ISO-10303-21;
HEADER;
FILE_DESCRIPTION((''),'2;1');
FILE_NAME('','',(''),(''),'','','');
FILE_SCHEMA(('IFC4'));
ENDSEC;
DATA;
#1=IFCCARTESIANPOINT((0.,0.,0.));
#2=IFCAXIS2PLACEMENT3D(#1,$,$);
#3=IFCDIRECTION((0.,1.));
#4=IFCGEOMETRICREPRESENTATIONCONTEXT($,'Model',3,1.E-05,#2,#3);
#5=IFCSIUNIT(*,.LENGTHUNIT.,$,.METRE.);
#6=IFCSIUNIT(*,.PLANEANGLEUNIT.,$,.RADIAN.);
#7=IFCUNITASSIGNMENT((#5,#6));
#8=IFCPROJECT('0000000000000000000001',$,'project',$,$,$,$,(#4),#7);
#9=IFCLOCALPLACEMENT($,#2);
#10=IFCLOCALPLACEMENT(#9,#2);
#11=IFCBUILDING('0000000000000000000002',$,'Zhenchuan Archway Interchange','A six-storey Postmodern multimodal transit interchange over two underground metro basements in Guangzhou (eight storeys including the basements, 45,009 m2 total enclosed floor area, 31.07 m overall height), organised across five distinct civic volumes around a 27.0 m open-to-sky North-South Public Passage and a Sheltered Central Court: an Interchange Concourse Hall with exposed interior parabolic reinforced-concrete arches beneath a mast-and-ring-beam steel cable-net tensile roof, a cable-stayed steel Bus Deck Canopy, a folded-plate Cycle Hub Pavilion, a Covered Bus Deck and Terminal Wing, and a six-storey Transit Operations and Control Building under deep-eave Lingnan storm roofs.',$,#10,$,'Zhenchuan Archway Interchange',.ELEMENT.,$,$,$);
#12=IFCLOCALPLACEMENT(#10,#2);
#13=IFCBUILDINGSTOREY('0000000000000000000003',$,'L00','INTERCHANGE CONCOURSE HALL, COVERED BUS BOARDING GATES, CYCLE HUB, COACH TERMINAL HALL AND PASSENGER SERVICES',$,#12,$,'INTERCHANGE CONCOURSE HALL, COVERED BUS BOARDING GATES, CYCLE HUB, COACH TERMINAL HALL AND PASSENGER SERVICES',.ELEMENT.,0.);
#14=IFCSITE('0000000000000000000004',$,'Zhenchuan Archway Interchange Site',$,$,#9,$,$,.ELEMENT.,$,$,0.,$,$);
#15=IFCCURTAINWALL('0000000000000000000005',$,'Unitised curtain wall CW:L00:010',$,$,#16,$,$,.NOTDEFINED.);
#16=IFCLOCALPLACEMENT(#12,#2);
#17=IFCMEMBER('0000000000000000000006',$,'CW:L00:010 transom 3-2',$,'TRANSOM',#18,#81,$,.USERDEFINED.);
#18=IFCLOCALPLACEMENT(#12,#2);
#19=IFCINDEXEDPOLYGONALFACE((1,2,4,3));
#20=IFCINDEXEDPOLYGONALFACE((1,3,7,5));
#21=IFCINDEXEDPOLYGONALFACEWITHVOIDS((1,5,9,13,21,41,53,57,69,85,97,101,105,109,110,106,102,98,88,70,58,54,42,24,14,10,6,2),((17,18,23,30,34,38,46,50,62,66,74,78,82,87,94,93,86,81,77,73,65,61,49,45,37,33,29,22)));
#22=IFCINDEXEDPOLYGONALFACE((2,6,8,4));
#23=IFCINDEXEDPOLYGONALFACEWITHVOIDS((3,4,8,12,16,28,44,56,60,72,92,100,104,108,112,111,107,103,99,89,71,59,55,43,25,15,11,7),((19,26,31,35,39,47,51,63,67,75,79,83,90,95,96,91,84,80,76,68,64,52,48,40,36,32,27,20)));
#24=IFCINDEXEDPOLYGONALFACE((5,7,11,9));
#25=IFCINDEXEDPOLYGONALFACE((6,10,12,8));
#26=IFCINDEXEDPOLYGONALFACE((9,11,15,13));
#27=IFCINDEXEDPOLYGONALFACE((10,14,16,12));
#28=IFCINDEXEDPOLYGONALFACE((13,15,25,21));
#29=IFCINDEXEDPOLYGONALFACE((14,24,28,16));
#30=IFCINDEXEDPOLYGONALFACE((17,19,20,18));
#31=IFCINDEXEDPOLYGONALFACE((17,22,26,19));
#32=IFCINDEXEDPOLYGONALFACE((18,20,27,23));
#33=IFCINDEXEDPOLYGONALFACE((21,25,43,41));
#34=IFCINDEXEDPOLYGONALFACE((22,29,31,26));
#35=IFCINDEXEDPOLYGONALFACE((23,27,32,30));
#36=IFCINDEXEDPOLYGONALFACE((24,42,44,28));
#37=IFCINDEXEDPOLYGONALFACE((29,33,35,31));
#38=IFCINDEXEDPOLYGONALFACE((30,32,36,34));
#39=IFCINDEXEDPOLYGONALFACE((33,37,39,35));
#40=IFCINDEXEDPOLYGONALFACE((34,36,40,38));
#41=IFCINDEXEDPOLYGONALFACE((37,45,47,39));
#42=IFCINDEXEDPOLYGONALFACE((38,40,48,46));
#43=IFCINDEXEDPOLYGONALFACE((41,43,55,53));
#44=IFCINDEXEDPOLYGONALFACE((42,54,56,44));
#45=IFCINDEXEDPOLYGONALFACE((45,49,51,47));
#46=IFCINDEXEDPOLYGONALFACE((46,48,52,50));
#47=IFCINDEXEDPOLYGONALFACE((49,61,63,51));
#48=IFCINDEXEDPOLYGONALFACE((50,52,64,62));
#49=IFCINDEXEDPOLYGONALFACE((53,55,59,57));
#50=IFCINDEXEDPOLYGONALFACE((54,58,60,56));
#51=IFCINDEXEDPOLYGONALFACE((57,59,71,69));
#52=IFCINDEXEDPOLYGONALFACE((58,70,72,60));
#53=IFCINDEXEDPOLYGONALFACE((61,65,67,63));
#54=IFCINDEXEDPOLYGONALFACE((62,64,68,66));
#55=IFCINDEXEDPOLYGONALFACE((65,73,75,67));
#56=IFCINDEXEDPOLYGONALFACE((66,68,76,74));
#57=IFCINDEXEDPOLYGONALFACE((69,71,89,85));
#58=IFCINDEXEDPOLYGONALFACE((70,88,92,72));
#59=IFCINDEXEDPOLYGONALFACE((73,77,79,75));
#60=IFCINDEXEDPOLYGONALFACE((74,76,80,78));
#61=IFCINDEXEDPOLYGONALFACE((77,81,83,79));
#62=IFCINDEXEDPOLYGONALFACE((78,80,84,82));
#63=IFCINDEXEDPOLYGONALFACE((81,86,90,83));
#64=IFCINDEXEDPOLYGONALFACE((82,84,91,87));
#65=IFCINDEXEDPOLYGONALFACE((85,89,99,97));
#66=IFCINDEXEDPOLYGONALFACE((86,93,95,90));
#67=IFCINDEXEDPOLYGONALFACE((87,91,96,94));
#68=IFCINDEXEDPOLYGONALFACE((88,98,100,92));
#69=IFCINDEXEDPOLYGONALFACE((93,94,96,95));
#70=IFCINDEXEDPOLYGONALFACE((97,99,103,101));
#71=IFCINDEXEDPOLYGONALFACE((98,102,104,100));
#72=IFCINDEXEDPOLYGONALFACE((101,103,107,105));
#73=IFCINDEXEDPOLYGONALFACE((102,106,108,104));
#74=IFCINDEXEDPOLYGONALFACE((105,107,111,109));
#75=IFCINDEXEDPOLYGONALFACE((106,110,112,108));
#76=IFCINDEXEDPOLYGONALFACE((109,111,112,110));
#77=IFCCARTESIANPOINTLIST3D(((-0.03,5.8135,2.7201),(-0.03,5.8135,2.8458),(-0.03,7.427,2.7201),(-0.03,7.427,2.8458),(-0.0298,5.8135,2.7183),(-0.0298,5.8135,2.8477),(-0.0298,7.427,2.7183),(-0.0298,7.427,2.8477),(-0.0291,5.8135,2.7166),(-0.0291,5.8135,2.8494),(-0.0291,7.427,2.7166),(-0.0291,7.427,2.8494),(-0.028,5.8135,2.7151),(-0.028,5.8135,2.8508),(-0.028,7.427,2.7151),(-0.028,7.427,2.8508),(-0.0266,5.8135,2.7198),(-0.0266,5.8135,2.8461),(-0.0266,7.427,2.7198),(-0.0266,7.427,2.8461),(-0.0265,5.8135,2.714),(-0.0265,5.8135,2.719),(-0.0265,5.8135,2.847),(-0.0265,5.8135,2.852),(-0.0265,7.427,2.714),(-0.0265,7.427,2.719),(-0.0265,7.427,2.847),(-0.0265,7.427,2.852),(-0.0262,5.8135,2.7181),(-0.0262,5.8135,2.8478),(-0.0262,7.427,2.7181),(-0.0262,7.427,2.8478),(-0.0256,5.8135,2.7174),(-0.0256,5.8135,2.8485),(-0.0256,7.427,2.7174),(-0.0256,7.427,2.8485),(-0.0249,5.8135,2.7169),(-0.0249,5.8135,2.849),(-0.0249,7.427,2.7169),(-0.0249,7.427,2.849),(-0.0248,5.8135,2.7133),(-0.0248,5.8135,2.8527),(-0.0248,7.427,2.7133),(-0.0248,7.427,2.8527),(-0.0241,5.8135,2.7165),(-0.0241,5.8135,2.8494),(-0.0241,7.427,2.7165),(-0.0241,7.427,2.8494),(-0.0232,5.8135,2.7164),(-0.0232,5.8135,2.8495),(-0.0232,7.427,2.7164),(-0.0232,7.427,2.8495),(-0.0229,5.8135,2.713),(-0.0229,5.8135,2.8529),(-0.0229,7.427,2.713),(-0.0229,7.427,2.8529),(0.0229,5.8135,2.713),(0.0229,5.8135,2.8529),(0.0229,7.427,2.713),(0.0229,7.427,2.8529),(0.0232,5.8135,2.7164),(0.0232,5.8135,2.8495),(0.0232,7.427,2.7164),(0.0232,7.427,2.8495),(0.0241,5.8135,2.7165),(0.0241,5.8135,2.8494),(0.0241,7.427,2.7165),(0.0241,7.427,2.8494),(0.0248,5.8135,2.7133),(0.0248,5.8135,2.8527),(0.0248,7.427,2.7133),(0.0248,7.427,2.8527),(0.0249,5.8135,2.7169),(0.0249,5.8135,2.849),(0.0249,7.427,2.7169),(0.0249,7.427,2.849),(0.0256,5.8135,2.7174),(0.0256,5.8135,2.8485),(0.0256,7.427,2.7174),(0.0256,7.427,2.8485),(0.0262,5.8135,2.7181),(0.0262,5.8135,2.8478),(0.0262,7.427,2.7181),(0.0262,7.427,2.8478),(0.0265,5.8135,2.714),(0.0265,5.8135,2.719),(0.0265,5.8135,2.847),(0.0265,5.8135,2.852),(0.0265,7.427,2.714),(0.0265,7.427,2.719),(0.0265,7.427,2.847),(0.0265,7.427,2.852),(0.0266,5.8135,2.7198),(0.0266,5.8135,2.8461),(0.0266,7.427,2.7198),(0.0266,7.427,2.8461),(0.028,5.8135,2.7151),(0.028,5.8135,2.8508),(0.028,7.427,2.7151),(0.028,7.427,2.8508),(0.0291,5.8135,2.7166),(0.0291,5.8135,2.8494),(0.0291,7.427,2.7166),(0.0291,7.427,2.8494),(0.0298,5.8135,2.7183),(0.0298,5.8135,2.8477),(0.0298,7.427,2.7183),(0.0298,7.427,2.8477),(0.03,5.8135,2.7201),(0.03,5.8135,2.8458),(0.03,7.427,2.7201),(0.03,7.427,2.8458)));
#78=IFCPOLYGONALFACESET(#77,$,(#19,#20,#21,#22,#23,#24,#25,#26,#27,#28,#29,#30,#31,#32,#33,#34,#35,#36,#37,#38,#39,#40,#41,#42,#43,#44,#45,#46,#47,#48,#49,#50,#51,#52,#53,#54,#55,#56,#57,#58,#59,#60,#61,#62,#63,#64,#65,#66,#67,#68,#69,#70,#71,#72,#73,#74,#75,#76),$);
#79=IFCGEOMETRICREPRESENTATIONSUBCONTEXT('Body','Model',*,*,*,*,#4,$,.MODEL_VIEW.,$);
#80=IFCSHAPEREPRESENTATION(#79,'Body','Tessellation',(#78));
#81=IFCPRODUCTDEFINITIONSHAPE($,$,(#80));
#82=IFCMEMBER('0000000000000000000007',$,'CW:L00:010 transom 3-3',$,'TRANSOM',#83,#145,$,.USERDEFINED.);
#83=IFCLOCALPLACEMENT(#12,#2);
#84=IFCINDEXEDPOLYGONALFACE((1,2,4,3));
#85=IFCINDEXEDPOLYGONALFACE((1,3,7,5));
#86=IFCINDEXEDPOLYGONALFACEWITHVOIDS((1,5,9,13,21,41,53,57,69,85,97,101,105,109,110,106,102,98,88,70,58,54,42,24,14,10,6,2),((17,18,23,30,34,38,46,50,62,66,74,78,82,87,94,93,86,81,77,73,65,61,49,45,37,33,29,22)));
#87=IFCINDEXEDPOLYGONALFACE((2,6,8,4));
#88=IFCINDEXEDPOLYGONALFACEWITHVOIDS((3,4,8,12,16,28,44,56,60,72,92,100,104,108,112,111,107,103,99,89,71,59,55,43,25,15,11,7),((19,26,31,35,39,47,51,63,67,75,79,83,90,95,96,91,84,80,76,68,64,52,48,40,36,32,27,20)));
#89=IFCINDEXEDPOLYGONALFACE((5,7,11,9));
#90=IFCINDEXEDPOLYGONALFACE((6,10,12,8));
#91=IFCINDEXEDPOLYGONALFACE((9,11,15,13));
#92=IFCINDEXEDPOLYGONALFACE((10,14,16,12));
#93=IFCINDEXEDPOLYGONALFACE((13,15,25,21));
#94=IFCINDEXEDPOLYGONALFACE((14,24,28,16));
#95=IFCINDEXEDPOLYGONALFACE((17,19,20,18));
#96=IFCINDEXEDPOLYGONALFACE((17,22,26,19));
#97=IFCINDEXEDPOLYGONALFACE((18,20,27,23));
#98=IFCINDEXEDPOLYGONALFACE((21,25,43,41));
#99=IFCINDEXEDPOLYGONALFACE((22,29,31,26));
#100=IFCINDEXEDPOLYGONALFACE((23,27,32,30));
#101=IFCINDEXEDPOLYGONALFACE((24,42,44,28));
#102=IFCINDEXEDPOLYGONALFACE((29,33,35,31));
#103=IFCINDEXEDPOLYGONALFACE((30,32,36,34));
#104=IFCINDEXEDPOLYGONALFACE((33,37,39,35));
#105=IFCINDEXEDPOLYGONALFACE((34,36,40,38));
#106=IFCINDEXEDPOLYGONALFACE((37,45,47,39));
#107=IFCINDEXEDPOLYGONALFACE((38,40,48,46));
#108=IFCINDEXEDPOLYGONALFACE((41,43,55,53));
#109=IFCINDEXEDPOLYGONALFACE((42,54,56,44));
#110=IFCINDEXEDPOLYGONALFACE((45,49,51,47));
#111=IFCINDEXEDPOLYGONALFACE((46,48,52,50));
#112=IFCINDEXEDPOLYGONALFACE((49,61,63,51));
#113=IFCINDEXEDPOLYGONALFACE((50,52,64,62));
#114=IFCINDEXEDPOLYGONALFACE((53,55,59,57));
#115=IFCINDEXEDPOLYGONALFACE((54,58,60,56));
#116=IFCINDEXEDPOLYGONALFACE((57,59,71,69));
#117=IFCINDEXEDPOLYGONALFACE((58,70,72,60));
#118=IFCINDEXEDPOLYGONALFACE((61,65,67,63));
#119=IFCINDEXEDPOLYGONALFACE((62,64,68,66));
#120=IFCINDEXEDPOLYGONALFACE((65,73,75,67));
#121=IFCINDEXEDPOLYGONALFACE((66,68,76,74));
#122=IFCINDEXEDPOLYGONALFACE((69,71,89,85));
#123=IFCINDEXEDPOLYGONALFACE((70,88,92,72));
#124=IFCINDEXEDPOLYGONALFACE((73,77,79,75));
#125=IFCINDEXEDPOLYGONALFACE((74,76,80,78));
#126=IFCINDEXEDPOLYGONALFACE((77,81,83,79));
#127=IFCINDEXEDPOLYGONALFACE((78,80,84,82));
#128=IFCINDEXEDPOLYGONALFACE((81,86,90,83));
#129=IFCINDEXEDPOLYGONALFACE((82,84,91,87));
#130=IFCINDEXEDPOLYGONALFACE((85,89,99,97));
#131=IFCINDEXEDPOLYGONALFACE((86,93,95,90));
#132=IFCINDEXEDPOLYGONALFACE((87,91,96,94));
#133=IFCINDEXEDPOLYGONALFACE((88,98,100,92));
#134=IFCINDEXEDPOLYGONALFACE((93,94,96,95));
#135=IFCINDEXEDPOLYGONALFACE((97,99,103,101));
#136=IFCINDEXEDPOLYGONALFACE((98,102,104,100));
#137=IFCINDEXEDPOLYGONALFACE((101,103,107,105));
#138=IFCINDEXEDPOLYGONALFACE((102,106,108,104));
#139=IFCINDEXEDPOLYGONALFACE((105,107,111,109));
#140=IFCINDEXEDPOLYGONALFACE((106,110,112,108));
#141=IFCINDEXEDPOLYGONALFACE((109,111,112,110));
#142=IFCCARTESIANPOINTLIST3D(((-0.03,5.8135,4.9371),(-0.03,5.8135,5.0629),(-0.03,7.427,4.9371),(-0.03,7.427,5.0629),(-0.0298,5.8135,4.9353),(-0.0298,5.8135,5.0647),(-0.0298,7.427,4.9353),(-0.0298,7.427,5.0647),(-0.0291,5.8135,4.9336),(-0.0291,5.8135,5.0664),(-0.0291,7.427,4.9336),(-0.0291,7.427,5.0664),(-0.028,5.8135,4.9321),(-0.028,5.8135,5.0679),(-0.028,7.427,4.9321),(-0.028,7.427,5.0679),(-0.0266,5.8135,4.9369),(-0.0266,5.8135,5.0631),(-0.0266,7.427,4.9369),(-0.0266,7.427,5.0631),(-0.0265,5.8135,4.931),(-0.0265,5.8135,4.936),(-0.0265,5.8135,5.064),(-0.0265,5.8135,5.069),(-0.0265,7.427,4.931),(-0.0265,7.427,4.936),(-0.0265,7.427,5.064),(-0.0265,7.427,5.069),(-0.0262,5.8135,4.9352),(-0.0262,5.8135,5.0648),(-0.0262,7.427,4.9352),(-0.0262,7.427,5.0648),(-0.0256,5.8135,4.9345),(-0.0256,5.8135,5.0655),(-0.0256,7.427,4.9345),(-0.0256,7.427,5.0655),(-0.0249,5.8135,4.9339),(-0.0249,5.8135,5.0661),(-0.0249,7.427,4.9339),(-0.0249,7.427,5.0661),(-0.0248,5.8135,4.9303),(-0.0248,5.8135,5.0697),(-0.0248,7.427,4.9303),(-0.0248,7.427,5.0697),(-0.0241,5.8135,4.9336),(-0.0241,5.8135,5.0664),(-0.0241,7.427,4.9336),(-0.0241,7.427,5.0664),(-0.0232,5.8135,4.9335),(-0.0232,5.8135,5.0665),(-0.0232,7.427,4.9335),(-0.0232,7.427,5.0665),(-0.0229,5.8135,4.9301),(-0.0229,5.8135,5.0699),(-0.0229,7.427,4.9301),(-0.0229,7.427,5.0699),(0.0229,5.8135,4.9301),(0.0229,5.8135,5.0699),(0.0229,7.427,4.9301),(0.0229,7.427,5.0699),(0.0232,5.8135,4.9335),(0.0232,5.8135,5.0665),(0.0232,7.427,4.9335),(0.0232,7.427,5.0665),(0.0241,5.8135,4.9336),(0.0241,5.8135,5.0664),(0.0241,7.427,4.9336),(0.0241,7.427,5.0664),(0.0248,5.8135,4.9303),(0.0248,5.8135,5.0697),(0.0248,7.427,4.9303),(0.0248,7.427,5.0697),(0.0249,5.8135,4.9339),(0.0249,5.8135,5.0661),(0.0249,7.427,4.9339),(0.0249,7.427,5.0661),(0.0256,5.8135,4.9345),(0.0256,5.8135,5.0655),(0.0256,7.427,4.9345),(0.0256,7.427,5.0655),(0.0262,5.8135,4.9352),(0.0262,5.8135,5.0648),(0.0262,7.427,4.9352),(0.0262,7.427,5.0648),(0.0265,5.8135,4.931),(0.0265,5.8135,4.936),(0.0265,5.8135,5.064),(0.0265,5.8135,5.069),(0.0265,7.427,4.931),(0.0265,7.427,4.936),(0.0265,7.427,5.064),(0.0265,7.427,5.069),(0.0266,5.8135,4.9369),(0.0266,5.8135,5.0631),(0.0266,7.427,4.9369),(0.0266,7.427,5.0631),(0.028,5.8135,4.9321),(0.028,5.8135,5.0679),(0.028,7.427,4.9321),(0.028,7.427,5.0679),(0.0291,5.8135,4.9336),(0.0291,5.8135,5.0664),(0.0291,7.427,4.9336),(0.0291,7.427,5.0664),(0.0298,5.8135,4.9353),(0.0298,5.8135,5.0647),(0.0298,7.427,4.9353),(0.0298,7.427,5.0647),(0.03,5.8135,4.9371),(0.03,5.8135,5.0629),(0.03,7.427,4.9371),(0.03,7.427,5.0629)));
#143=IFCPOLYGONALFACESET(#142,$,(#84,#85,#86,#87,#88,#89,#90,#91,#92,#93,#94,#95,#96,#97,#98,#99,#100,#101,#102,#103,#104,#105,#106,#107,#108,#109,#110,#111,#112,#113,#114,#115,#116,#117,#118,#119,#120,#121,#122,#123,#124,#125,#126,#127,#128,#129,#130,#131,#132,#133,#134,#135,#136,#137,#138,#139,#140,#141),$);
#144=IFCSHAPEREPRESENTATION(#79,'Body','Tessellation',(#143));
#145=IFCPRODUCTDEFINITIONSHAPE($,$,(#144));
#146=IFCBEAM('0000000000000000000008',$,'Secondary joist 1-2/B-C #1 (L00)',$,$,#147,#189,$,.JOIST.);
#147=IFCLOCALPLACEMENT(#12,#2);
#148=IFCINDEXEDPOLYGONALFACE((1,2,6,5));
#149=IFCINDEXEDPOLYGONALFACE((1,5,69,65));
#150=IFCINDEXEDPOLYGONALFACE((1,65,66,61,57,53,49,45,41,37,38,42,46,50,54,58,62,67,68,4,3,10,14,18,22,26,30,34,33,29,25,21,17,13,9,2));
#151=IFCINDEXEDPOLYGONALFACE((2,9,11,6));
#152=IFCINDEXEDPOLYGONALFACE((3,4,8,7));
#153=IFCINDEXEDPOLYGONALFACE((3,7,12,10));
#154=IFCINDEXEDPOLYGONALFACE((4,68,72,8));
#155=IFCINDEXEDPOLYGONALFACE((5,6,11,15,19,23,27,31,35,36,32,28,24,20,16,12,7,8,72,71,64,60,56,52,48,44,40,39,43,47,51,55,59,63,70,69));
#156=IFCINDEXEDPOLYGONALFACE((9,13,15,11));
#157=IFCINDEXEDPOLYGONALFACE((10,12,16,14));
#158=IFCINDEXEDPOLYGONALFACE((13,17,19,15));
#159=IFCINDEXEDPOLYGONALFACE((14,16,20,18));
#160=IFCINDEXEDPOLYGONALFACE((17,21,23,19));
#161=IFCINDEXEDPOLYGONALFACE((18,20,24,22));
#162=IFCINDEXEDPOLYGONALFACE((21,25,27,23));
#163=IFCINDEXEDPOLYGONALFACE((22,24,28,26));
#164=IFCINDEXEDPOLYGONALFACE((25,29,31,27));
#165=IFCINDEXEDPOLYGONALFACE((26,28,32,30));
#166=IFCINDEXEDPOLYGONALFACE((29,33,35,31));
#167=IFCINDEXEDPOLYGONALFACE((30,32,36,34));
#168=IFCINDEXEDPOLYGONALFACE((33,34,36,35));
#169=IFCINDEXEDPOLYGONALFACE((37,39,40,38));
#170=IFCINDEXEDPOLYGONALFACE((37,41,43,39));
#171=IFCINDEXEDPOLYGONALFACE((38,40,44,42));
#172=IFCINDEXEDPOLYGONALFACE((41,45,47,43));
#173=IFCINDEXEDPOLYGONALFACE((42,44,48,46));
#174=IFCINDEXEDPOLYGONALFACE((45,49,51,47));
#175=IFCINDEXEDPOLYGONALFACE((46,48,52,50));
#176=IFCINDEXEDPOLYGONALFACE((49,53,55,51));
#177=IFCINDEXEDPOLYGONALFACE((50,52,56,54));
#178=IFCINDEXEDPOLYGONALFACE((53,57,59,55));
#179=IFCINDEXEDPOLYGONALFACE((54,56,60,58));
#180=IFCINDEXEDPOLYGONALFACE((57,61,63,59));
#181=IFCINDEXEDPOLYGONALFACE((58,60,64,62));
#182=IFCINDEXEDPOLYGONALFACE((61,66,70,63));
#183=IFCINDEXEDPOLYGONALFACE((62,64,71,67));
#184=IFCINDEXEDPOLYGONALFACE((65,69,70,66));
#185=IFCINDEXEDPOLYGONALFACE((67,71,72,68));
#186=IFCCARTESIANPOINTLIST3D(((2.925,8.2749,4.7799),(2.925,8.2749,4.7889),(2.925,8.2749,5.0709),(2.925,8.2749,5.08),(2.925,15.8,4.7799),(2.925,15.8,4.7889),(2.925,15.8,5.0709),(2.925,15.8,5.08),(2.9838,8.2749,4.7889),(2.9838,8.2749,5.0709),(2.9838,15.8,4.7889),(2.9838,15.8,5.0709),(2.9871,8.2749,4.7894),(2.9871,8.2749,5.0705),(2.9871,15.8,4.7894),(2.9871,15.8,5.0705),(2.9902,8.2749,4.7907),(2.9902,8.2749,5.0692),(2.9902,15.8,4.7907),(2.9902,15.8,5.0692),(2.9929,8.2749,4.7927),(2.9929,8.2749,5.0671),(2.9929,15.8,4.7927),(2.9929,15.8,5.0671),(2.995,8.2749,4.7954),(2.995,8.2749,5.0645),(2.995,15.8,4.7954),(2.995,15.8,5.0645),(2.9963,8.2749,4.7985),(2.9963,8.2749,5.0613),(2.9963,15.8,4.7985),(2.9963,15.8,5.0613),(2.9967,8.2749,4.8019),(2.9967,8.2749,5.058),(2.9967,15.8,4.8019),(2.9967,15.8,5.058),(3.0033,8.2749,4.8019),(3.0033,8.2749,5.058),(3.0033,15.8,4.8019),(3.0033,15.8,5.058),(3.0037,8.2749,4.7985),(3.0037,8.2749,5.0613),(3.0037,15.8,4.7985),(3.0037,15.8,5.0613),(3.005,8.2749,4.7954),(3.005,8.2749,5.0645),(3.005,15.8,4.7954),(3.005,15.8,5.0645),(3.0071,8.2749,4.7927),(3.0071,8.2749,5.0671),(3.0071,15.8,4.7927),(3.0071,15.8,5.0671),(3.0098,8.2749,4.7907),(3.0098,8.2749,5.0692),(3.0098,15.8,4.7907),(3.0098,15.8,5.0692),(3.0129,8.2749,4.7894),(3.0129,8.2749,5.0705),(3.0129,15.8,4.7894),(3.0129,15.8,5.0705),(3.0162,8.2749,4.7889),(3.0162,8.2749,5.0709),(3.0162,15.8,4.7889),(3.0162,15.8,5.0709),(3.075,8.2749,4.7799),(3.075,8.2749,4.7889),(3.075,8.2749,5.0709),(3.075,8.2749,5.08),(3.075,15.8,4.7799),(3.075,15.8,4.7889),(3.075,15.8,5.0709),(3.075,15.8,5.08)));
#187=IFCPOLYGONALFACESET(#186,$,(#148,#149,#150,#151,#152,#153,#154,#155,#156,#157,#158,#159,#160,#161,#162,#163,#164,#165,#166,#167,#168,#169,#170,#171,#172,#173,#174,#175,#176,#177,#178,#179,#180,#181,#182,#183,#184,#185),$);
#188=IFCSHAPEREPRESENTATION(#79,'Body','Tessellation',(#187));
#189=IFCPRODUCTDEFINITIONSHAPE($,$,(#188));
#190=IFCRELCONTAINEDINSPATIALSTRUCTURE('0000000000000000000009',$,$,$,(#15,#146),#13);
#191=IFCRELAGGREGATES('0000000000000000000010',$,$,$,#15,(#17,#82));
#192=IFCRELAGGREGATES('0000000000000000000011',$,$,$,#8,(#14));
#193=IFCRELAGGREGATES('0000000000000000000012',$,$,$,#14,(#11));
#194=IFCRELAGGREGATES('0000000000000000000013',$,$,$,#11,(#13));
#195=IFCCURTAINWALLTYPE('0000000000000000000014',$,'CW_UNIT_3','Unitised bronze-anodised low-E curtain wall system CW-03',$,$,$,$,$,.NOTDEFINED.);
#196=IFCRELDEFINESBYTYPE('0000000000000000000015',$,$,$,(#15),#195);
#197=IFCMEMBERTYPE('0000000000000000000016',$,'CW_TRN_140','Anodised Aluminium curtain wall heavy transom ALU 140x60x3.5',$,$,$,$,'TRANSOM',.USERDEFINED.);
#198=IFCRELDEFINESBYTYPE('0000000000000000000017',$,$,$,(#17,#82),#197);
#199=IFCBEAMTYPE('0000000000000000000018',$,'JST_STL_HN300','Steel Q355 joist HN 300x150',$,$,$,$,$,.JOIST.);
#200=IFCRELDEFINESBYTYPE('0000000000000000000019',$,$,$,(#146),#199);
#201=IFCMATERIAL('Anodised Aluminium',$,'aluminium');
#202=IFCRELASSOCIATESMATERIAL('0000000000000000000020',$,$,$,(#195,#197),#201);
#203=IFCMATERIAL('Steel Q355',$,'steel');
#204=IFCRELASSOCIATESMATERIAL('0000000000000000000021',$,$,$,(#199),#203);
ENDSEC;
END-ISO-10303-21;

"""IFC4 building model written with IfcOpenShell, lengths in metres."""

from ifc_helpers import new_model, si_unit, direction, frame, origin, origin_2d, place, context, subcontext, project, spatial, hollow_rectangle, i_section, extrude, material, material_profile, profile_set, type_object, element, aggregate, save


model = new_model("IFC4")

# Units and contexts
model_context = context("Model", 3, precision=1e-05, world=origin(), true_north=direction((0.0, 1.0)))
body_context = subcontext(model_context, "Body", "Model", "MODEL_VIEW")
ifc_project = project(units=[si_unit("LENGTHUNIT", "METRE"), si_unit("PLANEANGLEUNIT", "RADIAN")], contexts=[model_context])

# Site, building, storey
site_placement = place(None, origin())
site = spatial("IfcSite", under=ifc_project, at=site_placement, Name="Zhenchuan Archway Interchange Site", CompositionType="ELEMENT", RefElevation=0.0)
building_placement = place(site_placement, origin())
building = spatial("IfcBuilding", under=site, at=building_placement, Name="Zhenchuan Archway Interchange", Description="A six-storey Postmodern multimodal transit interchange over two underground metro basements in Guangzhou (eight storeys including the basements, 45,009 m2 total enclosed floor area, 31.07 m overall height), organised across five distinct civic volumes around a 27.0 m open-to-sky North-South Public Passage and a Sheltered Central Court: an Interchange Concourse Hall with exposed interior parabolic reinforced-concrete arches beneath a mast-and-ring-beam steel cable-net tensile roof, a cable-stayed steel Bus Deck Canopy, a folded-plate Cycle Hub Pavilion, a Covered Bus Deck and Terminal Wing, and a six-storey Transit Operations and Control Building under deep-eave Lingnan storm roofs.", LongName="Zhenchuan Archway Interchange", CompositionType="ELEMENT")
storey_placement = place(building_placement, origin())
storey = spatial("IfcBuildingStorey", under=building, at=storey_placement, Name="L00", Description="INTERCHANGE CONCOURSE HALL, COVERED BUS BOARDING GATES, CYCLE HUB, COACH TERMINAL HALL AND PASSENGER SERVICES", LongName="INTERCHANGE CONCOURSE HALL, COVERED BUS BOARDING GATES, CYCLE HUB, COACH TERMINAL HALL AND PASSENGER SERVICES", CompositionType="ELEMENT", Elevation=0.0)

# Curtain wall, members
ifc_material_1 = material(Name="Anodised Aluminium", Category="aluminium")
curtain_wall_type = type_object("IfcCurtainWallType", Name="CW_UNIT_3", Description="Unitised bronze-anodised low-E curtain wall system CW-03", PredefinedType="NOTDEFINED", material=ifc_material_1)
curtain_wall_placement = place(storey_placement, origin())
curtain_wall = element("IfcCurtainWall", 1, at=curtain_wall_placement, inside=storey, type_object=curtain_wall_type, Name="Unitised curtain wall CW:L00:010", PredefinedType="NOTDEFINED")
ifc_material_profile_1 = material_profile(ifc_material_1, hollow_rectangle(XDim=0.0601, YDim=0.1399, WallThickness=0.0034, InnerFilletRadius=0.0034, OuterFilletRadius=0.0071, at=origin_2d()), Name="ALU 140x60x3.5")
ifc_profile_set_1 = profile_set([ifc_material_profile_1], Name="Anodised Aluminium")
member_type_1 = type_object("IfcMemberType", Name="CW_TRN_140", Description="Anodised Aluminium curtain wall heavy transom ALU 140x60x3.5", ElementType="TRANSOM", PredefinedType="USERDEFINED", material=ifc_profile_set_1)
member_1_placement = place(storey_placement, frame((0.0, 5.8135, 2.783), z_axis=(0.0, 1.0, 0.0), x_axis=(-1.0, 0.0, 0.0)))
member_1 = element("IfcMember", 2, at=member_1_placement, type_object=member_type_1, Name="CW:L00:010 transom 3-2", ObjectType="TRANSOM", PredefinedType="USERDEFINED", context=body_context, shape_type="SweptSolid", body=[
    extrude(hollow_rectangle(XDim=0.0601, YDim=0.1399, WallThickness=0.0034, InnerFilletRadius=0.0034, OuterFilletRadius=0.0071, at=origin_2d()), origin(), (0.0, 0.0, 1.0), 1.6135),
])
member_2_placement = place(storey_placement, frame((0.0, 5.8135, 5.0), z_axis=(0.0, 1.0, 0.0), x_axis=(-1.0, 0.0, 0.0)))
member_2 = element("IfcMember", 3, at=member_2_placement, type_object=member_type_1, Name="CW:L00:010 transom 3-3", ObjectType="TRANSOM", PredefinedType="USERDEFINED", context=body_context, shape_type="SweptSolid", body=[
    extrude(hollow_rectangle(XDim=0.0601, YDim=0.1399, WallThickness=0.0034, InnerFilletRadius=0.0034, OuterFilletRadius=0.0071, at=origin_2d()), origin(), (0.0, 0.0, 1.0), 1.6135),
])

# Beam
ifc_material_2 = material(Name="Steel Q355", Category="steel")
ifc_material_profile_2 = material_profile(ifc_material_2, i_section(OverallWidth=0.1499, OverallDepth=0.3, WebThickness=0.0066, FlangeThickness=0.009, FilletRadius=0.0129, at=origin_2d()), Name="HN 300x150")
ifc_profile_set_2 = profile_set([ifc_material_profile_2], Name="Steel Q355")
beam_type_1 = type_object("IfcBeamType", Name="JST_STL_HN300", Description="Steel Q355 joist HN 300x150", PredefinedType="JOIST", material=ifc_profile_set_2)
beam_1_placement = place(storey_placement, frame((3.0, 8.2749, 4.9299), z_axis=(0.0, 1.0, 0.0), x_axis=(-1.0, 0.0, 0.0)))
element("IfcBeam", 4, at=beam_1_placement, inside=storey, type_object=beam_type_1, Name="Secondary joist 1-2/B-C #1 (L00)", PredefinedType="JOIST", context=body_context, shape_type="SweptSolid", body=[
    extrude(i_section(OverallWidth=0.1499, OverallDepth=0.3, WebThickness=0.0066, FlangeThickness=0.009, FilletRadius=0.0129, at=origin_2d()), origin(), (0.0, 0.0, 1.0), 7.5251),
])

aggregate(curtain_wall, [member_1, member_2])

save(model, "model.ifc")
